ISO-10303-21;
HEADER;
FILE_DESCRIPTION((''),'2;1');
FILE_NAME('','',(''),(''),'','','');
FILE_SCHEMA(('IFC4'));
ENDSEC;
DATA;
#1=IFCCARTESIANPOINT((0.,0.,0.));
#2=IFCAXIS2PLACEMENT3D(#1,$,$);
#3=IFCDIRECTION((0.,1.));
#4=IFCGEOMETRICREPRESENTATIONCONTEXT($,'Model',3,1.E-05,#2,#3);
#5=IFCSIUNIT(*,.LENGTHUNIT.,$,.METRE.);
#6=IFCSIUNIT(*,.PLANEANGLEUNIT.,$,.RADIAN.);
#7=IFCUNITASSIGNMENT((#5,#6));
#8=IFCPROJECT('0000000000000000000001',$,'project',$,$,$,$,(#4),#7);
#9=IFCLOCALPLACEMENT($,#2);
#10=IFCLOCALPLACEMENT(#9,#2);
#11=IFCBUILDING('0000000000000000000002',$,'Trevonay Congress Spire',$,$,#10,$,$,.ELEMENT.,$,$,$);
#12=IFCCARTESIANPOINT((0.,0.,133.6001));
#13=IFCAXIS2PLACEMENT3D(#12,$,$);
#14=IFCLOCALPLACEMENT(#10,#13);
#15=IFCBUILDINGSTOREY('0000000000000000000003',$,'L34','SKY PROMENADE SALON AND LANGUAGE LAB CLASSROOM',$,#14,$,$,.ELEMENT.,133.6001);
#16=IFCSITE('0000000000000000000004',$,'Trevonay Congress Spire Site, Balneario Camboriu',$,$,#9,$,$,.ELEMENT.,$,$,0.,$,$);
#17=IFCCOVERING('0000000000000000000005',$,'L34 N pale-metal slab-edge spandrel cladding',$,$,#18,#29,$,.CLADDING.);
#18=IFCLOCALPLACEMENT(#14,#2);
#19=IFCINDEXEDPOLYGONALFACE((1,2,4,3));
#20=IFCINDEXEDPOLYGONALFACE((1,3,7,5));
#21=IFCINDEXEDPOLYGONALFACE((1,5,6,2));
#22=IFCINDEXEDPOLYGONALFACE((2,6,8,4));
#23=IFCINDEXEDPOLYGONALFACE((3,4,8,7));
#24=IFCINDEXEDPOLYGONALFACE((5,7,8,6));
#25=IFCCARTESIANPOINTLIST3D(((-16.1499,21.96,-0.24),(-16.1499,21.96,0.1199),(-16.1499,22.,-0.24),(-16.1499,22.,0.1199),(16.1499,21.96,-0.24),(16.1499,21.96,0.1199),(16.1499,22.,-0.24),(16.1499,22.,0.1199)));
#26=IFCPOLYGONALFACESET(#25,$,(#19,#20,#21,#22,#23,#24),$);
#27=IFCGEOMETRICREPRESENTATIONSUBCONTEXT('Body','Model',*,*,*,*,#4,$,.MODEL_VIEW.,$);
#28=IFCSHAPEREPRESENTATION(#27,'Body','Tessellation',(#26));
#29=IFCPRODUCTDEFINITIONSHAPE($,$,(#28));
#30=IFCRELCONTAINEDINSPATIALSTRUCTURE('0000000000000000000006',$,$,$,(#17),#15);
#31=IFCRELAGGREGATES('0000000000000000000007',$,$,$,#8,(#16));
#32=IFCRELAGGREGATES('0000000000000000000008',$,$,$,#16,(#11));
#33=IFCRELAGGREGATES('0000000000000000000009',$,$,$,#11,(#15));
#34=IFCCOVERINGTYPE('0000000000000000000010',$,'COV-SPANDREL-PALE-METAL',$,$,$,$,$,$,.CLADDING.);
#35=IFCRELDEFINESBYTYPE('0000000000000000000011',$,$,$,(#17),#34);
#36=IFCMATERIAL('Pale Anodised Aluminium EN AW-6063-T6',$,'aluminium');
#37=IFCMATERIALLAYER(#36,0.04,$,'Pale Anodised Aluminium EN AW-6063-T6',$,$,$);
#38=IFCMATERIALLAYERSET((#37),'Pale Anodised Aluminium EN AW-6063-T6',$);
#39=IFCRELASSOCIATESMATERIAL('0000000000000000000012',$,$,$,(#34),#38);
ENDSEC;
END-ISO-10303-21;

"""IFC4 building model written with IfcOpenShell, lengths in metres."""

from ifc_helpers import new_model, si_unit, direction, frame, frame_2d, origin, place, context, subcontext, project, spatial, rectangle, extrude, material, layer, layer_set, type_object, element, save


model = new_model("IFC4")

# Units and contexts
model_context = context("Model", 3, precision=1e-05, world=origin(), true_north=direction((0.0, 1.0)))
body_context = subcontext(model_context, "Body", "Model", "MODEL_VIEW")
ifc_project = project(units=[si_unit("LENGTHUNIT", "METRE"), si_unit("PLANEANGLEUNIT", "RADIAN")], contexts=[model_context])

# Site, building, storey
site_placement = place(None, origin())
site = spatial("IfcSite", under=ifc_project, at=site_placement, Name="Trevonay Congress Spire Site, Balneario Camboriu", CompositionType="ELEMENT", RefElevation=0.0)
building_placement = place(site_placement, origin())
building = spatial("IfcBuilding", under=site, at=building_placement, Name="Trevonay Congress Spire", CompositionType="ELEMENT")
storey_placement = place(building_placement, frame((0.0, 0.0, 133.6001)))
storey = spatial("IfcBuildingStorey", under=building, at=storey_placement, Name="L34", Description="SKY PROMENADE SALON AND LANGUAGE LAB CLASSROOM", CompositionType="ELEMENT", Elevation=133.6001)

# Shared definitions
ifc_material_1 = material(Name="Pale Anodised Aluminium EN AW-6063-T6", Category="aluminium")

# Covering
ifc_layer_1 = layer(ifc_material_1, 0.04, Name="Pale Anodised Aluminium EN AW-6063-T6")
ifc_layer_set_1 = layer_set([ifc_layer_1], Name="Pale Anodised Aluminium EN AW-6063-T6")
covering_type = type_object("IfcCoveringType", Name="COV-SPANDREL-PALE-METAL", PredefinedType="CLADDING", material=ifc_layer_set_1)
covering_placement = place(storey_placement, frame((-16.1499, 21.98, -0.24), z_axis=(0.0, 0.0, 1.0), x_axis=(1.0, 0.0, 0.0)))
element("IfcCovering", 1, at=covering_placement, inside=storey, type_object=covering_type, Name="L34 N pale-metal slab-edge spandrel cladding", PredefinedType="CLADDING", context=body_context, shape_type="SweptSolid", body=[
    extrude(rectangle(XDim=32.2998, YDim=0.04, at=frame_2d((16.1499, 0.0))), origin(), (0.0, 0.0, 1.0), 0.3599),
])

save(model, "model.ifc")
